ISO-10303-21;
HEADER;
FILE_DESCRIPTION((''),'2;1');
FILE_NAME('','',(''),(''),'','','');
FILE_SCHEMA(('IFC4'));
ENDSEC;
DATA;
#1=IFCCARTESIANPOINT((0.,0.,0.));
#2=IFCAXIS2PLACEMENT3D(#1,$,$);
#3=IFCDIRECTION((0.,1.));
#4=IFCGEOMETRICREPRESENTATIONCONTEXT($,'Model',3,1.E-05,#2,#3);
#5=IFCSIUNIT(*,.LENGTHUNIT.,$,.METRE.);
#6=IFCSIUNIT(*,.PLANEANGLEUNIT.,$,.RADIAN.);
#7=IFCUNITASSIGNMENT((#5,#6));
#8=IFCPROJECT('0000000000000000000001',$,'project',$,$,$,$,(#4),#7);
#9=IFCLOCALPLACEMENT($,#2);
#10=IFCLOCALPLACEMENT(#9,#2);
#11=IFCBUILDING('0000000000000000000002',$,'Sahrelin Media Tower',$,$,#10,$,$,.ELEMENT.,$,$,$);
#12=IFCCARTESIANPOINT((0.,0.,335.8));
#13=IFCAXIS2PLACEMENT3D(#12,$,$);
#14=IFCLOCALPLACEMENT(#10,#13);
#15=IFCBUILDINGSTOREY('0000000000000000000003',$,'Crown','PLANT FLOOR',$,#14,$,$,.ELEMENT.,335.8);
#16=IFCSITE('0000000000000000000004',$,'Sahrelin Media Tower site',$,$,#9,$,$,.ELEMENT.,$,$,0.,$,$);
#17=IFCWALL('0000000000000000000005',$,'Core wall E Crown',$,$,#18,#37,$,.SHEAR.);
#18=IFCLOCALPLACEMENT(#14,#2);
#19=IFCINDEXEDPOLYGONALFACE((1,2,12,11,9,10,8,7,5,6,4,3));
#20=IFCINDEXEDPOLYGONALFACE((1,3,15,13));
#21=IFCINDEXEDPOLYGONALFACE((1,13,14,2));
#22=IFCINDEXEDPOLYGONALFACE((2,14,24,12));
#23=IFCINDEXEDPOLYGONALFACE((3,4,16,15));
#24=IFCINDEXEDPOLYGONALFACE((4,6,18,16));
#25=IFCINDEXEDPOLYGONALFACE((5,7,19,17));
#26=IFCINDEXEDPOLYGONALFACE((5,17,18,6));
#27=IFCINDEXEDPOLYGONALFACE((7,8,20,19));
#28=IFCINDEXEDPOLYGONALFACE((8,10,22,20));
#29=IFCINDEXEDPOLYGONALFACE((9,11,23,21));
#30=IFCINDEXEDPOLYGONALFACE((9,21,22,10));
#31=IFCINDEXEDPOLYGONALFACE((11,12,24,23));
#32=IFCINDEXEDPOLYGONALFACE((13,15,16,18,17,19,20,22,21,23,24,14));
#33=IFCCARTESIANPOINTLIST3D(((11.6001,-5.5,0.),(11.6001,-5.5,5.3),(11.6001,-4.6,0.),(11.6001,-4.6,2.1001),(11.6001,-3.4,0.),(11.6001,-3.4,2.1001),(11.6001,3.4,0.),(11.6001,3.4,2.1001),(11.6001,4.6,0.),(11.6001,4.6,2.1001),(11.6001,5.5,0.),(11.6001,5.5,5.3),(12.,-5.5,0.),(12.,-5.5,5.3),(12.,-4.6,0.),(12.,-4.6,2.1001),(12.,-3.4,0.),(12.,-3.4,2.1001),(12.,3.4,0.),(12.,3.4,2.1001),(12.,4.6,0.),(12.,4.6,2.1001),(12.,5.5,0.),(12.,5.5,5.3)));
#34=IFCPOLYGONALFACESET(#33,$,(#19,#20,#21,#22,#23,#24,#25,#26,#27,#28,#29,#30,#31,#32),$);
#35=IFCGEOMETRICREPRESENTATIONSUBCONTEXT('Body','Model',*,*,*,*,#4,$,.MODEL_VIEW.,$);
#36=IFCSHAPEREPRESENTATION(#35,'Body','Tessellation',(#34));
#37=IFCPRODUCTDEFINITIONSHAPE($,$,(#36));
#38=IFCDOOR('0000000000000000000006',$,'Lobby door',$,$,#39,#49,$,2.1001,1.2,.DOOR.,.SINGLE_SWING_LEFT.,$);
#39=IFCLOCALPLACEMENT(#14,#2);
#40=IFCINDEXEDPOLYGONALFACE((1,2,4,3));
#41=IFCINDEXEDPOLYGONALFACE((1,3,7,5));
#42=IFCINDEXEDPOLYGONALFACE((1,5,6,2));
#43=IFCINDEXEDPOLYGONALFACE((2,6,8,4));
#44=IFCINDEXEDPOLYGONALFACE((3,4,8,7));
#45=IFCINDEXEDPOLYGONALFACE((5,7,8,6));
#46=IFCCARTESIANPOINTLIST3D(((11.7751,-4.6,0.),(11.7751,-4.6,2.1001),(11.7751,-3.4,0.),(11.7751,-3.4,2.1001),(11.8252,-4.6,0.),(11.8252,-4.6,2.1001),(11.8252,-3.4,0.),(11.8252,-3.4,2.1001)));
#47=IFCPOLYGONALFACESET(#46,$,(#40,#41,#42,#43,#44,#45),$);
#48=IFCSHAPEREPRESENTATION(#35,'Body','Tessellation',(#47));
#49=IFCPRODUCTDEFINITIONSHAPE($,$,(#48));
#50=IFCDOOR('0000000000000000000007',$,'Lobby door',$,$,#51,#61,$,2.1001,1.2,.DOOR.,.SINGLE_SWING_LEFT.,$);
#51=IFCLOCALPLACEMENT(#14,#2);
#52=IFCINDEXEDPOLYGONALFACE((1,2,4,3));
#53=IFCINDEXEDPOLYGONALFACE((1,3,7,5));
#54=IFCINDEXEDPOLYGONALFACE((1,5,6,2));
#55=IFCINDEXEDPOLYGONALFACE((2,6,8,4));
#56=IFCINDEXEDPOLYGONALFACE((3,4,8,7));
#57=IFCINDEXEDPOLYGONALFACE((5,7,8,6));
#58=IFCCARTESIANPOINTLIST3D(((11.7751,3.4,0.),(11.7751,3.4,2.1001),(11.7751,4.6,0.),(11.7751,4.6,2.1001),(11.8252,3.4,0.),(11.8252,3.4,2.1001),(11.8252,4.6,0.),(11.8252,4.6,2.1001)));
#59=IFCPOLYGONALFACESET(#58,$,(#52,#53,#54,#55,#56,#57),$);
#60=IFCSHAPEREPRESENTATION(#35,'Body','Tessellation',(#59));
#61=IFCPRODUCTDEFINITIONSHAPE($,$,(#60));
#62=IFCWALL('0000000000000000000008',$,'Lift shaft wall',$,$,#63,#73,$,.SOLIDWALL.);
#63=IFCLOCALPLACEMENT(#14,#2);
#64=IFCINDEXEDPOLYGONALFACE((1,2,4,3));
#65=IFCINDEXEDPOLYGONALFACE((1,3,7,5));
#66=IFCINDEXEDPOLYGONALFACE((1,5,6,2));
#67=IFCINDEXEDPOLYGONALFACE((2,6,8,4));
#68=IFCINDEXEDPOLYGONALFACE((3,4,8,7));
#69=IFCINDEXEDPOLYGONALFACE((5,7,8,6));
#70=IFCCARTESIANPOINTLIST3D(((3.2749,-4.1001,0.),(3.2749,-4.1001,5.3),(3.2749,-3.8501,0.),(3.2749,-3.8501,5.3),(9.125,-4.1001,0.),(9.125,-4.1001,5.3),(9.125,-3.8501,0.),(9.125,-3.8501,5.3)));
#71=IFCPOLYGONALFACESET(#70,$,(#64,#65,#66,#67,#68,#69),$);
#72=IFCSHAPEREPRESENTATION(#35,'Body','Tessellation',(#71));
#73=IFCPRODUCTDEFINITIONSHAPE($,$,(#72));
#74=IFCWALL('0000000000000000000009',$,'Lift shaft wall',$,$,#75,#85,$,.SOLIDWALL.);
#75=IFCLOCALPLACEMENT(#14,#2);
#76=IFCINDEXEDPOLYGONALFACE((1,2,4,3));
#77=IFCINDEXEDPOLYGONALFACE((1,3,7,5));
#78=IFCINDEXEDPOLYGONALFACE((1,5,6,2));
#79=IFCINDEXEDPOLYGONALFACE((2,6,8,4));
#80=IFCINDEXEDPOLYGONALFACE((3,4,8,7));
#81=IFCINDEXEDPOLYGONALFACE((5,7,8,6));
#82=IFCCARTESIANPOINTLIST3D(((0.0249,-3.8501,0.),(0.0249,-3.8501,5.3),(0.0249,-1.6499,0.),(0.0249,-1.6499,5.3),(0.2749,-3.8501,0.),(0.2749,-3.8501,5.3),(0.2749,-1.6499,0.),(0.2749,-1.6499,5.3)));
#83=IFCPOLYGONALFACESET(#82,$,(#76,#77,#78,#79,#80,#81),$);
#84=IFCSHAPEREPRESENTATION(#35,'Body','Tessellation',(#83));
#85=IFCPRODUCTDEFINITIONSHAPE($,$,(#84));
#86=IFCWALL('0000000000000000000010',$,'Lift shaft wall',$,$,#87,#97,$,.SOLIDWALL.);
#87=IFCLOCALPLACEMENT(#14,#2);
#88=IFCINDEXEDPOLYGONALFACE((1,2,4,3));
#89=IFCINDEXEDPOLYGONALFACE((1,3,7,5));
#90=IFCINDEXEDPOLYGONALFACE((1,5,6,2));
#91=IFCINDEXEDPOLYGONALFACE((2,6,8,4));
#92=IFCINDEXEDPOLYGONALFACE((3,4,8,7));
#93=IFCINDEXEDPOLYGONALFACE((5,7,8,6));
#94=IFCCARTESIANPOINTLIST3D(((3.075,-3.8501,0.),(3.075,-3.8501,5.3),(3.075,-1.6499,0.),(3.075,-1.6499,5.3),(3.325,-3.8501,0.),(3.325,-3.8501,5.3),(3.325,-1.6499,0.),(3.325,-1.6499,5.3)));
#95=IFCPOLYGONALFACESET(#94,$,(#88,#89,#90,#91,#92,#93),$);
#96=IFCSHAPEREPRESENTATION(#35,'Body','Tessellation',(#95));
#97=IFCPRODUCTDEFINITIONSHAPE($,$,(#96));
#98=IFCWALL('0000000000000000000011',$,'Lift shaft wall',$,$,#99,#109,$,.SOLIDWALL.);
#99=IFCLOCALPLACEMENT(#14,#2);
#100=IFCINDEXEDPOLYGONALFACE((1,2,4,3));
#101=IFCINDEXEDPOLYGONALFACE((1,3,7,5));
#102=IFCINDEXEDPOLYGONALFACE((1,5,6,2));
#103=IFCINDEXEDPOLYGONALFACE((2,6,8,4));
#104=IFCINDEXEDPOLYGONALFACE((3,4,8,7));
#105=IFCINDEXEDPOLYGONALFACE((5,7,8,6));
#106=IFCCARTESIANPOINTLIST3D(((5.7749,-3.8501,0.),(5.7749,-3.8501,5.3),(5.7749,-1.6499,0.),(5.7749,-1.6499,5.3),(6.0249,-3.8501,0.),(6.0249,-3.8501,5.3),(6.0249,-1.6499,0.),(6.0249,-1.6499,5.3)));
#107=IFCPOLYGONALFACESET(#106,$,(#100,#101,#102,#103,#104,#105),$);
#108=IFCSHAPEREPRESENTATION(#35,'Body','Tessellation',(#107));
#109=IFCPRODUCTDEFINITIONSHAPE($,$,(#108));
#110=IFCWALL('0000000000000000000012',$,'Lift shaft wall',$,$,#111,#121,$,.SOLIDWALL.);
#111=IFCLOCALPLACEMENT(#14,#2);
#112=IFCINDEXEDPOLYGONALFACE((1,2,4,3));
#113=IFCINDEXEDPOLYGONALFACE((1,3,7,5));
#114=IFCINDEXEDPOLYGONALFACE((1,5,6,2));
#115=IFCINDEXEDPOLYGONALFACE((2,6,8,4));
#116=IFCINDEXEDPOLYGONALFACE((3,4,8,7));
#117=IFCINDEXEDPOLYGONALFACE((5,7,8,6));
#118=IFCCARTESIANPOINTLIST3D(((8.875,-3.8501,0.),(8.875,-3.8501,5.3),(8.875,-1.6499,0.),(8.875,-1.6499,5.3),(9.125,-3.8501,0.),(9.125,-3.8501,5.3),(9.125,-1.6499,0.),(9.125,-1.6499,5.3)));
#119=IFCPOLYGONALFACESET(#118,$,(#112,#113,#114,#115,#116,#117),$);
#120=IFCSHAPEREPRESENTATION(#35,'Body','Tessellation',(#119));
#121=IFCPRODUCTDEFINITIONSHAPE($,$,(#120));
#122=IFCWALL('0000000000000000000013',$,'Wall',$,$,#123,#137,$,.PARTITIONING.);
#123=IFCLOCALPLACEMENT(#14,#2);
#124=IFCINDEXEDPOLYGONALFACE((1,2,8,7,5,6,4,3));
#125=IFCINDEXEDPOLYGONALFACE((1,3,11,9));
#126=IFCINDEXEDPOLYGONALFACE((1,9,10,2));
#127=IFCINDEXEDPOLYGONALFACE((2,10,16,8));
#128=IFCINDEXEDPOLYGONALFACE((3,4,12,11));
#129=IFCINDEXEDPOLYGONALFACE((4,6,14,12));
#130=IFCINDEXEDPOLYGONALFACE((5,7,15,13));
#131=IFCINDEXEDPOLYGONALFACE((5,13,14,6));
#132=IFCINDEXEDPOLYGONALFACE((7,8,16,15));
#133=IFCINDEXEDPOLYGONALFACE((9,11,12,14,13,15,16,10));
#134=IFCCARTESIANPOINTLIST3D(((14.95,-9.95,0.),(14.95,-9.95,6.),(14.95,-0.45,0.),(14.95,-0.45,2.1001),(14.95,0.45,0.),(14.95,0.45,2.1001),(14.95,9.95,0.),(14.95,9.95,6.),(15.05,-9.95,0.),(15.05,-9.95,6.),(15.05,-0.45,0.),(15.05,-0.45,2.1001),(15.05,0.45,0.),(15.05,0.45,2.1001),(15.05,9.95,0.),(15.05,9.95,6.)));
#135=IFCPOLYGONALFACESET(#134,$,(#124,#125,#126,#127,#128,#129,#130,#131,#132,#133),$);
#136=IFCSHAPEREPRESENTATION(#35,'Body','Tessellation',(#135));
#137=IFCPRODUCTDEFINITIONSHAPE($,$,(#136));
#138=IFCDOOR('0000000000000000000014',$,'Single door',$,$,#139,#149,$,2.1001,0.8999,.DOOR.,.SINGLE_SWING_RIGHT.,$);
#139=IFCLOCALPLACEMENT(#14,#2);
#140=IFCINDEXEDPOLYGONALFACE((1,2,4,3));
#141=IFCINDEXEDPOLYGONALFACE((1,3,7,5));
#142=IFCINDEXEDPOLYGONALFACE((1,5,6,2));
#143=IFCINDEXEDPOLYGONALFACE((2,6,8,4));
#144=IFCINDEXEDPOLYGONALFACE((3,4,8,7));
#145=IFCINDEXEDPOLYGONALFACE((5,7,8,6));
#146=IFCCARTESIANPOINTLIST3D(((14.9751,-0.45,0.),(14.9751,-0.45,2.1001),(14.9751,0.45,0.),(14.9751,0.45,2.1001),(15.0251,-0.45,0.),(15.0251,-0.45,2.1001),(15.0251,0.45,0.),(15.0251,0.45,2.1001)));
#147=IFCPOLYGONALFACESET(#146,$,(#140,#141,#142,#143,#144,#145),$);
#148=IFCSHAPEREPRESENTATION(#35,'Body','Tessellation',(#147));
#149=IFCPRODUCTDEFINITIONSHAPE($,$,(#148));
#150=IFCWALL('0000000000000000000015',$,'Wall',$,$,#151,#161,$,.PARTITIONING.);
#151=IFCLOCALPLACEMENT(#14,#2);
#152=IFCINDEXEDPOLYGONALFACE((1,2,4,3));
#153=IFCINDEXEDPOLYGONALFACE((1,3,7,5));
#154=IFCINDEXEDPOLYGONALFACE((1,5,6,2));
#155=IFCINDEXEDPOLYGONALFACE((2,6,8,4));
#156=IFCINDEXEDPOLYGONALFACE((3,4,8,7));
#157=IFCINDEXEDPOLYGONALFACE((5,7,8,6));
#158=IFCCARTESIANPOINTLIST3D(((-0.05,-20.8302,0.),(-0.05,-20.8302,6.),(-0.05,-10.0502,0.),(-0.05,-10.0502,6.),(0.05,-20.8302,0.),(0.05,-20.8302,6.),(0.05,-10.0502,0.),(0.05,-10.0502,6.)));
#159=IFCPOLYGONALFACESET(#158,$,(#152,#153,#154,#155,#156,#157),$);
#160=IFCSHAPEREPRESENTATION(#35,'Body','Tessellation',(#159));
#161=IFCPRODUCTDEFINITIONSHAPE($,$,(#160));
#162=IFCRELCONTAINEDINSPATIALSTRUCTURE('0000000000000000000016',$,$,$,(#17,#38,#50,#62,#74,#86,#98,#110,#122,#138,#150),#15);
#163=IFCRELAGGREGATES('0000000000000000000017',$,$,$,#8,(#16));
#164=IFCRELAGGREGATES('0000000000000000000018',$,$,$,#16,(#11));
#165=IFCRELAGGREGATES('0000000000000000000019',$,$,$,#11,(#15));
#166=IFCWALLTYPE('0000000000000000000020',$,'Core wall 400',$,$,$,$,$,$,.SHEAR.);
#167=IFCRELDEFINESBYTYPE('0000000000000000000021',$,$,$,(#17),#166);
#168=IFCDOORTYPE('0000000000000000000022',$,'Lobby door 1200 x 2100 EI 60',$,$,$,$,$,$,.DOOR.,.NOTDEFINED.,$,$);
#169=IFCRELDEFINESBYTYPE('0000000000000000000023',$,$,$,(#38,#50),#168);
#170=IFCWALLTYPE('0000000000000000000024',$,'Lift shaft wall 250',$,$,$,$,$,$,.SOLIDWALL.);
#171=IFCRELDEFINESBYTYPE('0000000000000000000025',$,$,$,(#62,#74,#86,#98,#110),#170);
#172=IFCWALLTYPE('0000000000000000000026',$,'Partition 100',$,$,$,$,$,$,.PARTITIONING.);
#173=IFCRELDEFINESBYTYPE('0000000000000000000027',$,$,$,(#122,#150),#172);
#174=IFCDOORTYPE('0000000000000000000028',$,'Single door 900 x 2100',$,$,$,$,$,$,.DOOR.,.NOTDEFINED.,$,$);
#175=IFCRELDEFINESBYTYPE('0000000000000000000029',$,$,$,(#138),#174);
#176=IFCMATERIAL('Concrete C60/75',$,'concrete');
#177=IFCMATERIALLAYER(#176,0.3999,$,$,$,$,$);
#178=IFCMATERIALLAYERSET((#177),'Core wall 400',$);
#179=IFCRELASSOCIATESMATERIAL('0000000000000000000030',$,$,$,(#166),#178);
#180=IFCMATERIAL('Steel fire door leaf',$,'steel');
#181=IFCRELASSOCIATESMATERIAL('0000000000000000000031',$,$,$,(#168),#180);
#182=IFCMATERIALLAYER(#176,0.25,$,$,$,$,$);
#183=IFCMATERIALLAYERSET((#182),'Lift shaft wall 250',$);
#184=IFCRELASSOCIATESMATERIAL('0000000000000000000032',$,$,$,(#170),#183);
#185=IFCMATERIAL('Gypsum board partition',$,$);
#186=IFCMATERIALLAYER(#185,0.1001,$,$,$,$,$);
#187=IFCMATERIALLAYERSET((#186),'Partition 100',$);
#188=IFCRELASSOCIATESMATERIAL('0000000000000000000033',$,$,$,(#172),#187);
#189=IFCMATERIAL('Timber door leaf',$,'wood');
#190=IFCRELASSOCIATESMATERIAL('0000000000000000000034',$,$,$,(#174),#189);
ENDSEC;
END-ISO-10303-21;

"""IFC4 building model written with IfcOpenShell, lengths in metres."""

from ifc_helpers import new_model, si_unit, direction, frame, frame_2d, origin, place, context, subcontext, project, spatial, rectangle, extrude, material, layer, layer_set, type_object, element, fill, save


model = new_model("IFC4")

# Units and contexts
model_context = context("Model", 3, precision=1e-05, world=origin(), true_north=direction((0.0, 1.0)))
body_context = subcontext(model_context, "Body", "Model", "MODEL_VIEW")
ifc_project = project(units=[si_unit("LENGTHUNIT", "METRE"), si_unit("PLANEANGLEUNIT", "RADIAN")], contexts=[model_context])

# Site, building, storey
site_placement = place(None, origin())
site = spatial("IfcSite", under=ifc_project, at=site_placement, Name="Sahrelin Media Tower site", CompositionType="ELEMENT", RefElevation=0.0)
building_placement = place(site_placement, origin())
building = spatial("IfcBuilding", under=site, at=building_placement, Name="Sahrelin Media Tower", CompositionType="ELEMENT")
storey_placement = place(building_placement, frame((0.0, 0.0, 335.8)))
storey = spatial("IfcBuildingStorey", under=building, at=storey_placement, Name="Crown", Description="PLANT FLOOR", CompositionType="ELEMENT", Elevation=335.8)

# Wall, openings, doors
ifc_material_1 = material(Name="Concrete C60/75", Category="concrete")
ifc_layer_1 = layer(ifc_material_1, 0.3999)
ifc_layer_set_1 = layer_set([ifc_layer_1], Name="Core wall 400")
wall_type_1 = type_object("IfcWallType", Name="Core wall 400", PredefinedType="SHEAR", material=ifc_layer_set_1)
wall_1_placement = place(storey_placement, frame((11.8, -5.5, 0.0), z_axis=(0.0, 0.0, 1.0), x_axis=(0.0, 1.0, 0.0)))
wall_1 = element("IfcWall", 1, at=wall_1_placement, inside=storey, type_object=wall_type_1, Name="Core wall E Crown", PredefinedType="SHEAR", context=body_context, shape_type="SweptSolid", body=[
    extrude(rectangle(XDim=11.0, YDim=0.3999, at=frame_2d((5.5, 0.0))), origin(), (0.0, 0.0, 1.0), 5.3),
])
opening_1_placement = place(wall_1_placement, frame((0.8999, 0.0, 0.0)))
opening_1 = element("IfcOpeningElement", 2, at=opening_1_placement, cuts=wall_1, PredefinedType="OPENING", context=body_context, shape_type="SweptSolid", body=[
    extrude(rectangle(XDim=1.2, YDim=2.1001, at=frame_2d((0.6001, 1.05))), frame((0.0, 0.2, 0.0), z_axis=(0.0, -1.0, 0.0), x_axis=(1.0, 0.0, 0.0)), (0.0, 0.0, 1.0), 0.3999),
])
opening_2_placement = place(wall_1_placement, frame((8.8999, 0.0, 0.0)))
opening_2 = element("IfcOpeningElement", 3, at=opening_2_placement, cuts=wall_1, PredefinedType="OPENING", context=body_context, shape_type="SweptSolid", body=[
    extrude(rectangle(XDim=1.2, YDim=2.1001, at=frame_2d((0.6001, 1.05))), frame((0.0, 0.2, 0.0), z_axis=(0.0, -1.0, 0.0), x_axis=(1.0, 0.0, 0.0)), (0.0, 0.0, 1.0), 0.3999),
])
ifc_material_2 = material(Name="Steel fire door leaf", Category="steel")
door_type_1 = type_object("IfcDoorType", Name="Lobby door 1200 x 2100 EI 60", OperationType="NOTDEFINED", PredefinedType="DOOR", material=ifc_material_2)
door_1_placement = place(opening_1_placement, origin())
door_1 = element("IfcDoor", 4, at=door_1_placement, inside=storey, type_object=door_type_1, Name="Lobby door", OperationType="SINGLE_SWING_LEFT", OverallHeight=2.1001, OverallWidth=1.2, PredefinedType="DOOR", context=body_context, shape_type="SweptSolid", body=[
    extrude(rectangle(XDim=1.2, YDim=2.1001, at=frame_2d((0.6001, 1.05))), frame((0.0, 0.0249, 0.0), z_axis=(0.0, -1.0, 0.0), x_axis=(1.0, 0.0, 0.0)), (0.0, 0.0, 1.0), 0.05),
])
fill(opening_1, door_1)
door_2_placement = place(opening_2_placement, origin())
door_2 = element("IfcDoor", 5, at=door_2_placement, inside=storey, type_object=door_type_1, Name="Lobby door", OperationType="SINGLE_SWING_LEFT", OverallHeight=2.1001, OverallWidth=1.2, PredefinedType="DOOR", context=body_context, shape_type="SweptSolid", body=[
    extrude(rectangle(XDim=1.2, YDim=2.1001, at=frame_2d((0.6001, 1.05))), frame((0.0, 0.0249, 0.0), z_axis=(0.0, -1.0, 0.0), x_axis=(1.0, 0.0, 0.0)), (0.0, 0.0, 1.0), 0.05),
])
fill(opening_2, door_2)

# Walls
ifc_layer_2 = layer(ifc_material_1, 0.25)
ifc_layer_set_2 = layer_set([ifc_layer_2], Name="Lift shaft wall 250")
wall_type_2 = type_object("IfcWallType", Name="Lift shaft wall 250", PredefinedType="SOLIDWALL", material=ifc_layer_set_2)
wall_2_placement = place(storey_placement, frame((3.2749, -3.9751, 0.0), z_axis=(0.0, 0.0, 1.0), x_axis=(1.0, 0.0, 0.0)))
element("IfcWall", 6, at=wall_2_placement, inside=storey, type_object=wall_type_2, Name="Lift shaft wall", PredefinedType="SOLIDWALL", context=body_context, shape_type="SweptSolid", body=[
    extrude(rectangle(XDim=5.8501, YDim=0.25, at=frame_2d((2.925, 0.0))), origin(), (0.0, 0.0, 1.0), 5.3),
])
for number, where, z_axis, x_axis, name in (
    (7, (0.1499, -3.8501, 0.0), (0.0, 0.0, 1.0), (0.0, 1.0, 0.0), "Lift shaft wall"),
    (8, (3.2, -3.8501, 0.0), (0.0, 0.0, 1.0), (0.0, 1.0, 0.0), "Lift shaft wall"),
    (9, (5.8999, -3.8501, 0.0), (0.0, 0.0, 1.0), (0.0, 1.0, 0.0), "Lift shaft wall"),
    (10, (9.0, -3.8501, 0.0), (0.0, 0.0, 1.0), (0.0, 1.0, 0.0), "Lift shaft wall"),
):
    element("IfcWall", number, at=place(storey_placement, frame(where, z_axis=z_axis, x_axis=x_axis)), inside=storey, type_object=wall_type_2, Name=name, PredefinedType="SOLIDWALL", context=body_context, shape_type="SweptSolid", body=[
        extrude(rectangle(XDim=2.2002, YDim=0.25, at=frame_2d((1.1001, 0.0))), origin(), (0.0, 0.0, 1.0), 5.3),
    ])

# Wall, opening, door
ifc_material_3 = material(Name="Gypsum board partition")
ifc_layer_3 = layer(ifc_material_3, 0.1001)
ifc_layer_set_3 = layer_set([ifc_layer_3], Name="Partition 100")
wall_type_3 = type_object("IfcWallType", Name="Partition 100", PredefinedType="PARTITIONING", material=ifc_layer_set_3)
wall_3_placement = place(storey_placement, frame((15.0, -9.95, 0.0), z_axis=(0.0, 0.0, 1.0), x_axis=(0.0, 1.0, 0.0)))
wall_3 = element("IfcWall", 11, at=wall_3_placement, inside=storey, type_object=wall_type_3, Name="Wall", PredefinedType="PARTITIONING", context=body_context, shape_type="SweptSolid", body=[
    extrude(rectangle(XDim=19.8999, YDim=0.1001, at=frame_2d((9.95, 0.0))), origin(), (0.0, 0.0, 1.0), 6.0),
])
opening_3_placement = place(wall_3_placement, frame((9.5, 0.0, 0.0)))
opening_3 = element("IfcOpeningElement", 12, at=opening_3_placement, cuts=wall_3, PredefinedType="OPENING", context=body_context, shape_type="SweptSolid", body=[
    extrude(rectangle(XDim=0.8999, YDim=2.1001, at=frame_2d((0.45, 1.05))), frame((0.0, 0.05, 0.0), z_axis=(0.0, -1.0, 0.0), x_axis=(1.0, 0.0, 0.0)), (0.0, 0.0, 1.0), 0.1001),
])
ifc_material_4 = material(Name="Timber door leaf", Category="wood")
door_type_2 = type_object("IfcDoorType", Name="Single door 900 x 2100", OperationType="NOTDEFINED", PredefinedType="DOOR", material=ifc_material_4)
door_3_placement = place(opening_3_placement, origin())
door_3 = element("IfcDoor", 13, at=door_3_placement, inside=storey, type_object=door_type_2, Name="Single door", OperationType="SINGLE_SWING_RIGHT", OverallHeight=2.1001, OverallWidth=0.8999, PredefinedType="DOOR", context=body_context, shape_type="SweptSolid", body=[
    extrude(rectangle(XDim=0.8999, YDim=2.1001, at=frame_2d((0.45, 1.05))), frame((0.0, 0.0249, 0.0), z_axis=(0.0, -1.0, 0.0), x_axis=(1.0, 0.0, 0.0)), (0.0, 0.0, 1.0), 0.05),
])
fill(opening_3, door_3)

# Wall
wall_4_placement = place(storey_placement, frame((0.0, -10.05, 0.0), z_axis=(0.0, 0.0, 1.0), x_axis=(0.0, -1.0, 0.0)))
element("IfcWall", 14, at=wall_4_placement, inside=storey, type_object=wall_type_3, Name="Wall", PredefinedType="PARTITIONING", context=body_context, shape_type="SweptSolid", body=[
    extrude(rectangle(XDim=10.78, YDim=0.1001, at=frame_2d((5.3901, 0.0))), origin(), (0.0, 0.0, 1.0), 6.0),
])

save(model, "model.ifc")
